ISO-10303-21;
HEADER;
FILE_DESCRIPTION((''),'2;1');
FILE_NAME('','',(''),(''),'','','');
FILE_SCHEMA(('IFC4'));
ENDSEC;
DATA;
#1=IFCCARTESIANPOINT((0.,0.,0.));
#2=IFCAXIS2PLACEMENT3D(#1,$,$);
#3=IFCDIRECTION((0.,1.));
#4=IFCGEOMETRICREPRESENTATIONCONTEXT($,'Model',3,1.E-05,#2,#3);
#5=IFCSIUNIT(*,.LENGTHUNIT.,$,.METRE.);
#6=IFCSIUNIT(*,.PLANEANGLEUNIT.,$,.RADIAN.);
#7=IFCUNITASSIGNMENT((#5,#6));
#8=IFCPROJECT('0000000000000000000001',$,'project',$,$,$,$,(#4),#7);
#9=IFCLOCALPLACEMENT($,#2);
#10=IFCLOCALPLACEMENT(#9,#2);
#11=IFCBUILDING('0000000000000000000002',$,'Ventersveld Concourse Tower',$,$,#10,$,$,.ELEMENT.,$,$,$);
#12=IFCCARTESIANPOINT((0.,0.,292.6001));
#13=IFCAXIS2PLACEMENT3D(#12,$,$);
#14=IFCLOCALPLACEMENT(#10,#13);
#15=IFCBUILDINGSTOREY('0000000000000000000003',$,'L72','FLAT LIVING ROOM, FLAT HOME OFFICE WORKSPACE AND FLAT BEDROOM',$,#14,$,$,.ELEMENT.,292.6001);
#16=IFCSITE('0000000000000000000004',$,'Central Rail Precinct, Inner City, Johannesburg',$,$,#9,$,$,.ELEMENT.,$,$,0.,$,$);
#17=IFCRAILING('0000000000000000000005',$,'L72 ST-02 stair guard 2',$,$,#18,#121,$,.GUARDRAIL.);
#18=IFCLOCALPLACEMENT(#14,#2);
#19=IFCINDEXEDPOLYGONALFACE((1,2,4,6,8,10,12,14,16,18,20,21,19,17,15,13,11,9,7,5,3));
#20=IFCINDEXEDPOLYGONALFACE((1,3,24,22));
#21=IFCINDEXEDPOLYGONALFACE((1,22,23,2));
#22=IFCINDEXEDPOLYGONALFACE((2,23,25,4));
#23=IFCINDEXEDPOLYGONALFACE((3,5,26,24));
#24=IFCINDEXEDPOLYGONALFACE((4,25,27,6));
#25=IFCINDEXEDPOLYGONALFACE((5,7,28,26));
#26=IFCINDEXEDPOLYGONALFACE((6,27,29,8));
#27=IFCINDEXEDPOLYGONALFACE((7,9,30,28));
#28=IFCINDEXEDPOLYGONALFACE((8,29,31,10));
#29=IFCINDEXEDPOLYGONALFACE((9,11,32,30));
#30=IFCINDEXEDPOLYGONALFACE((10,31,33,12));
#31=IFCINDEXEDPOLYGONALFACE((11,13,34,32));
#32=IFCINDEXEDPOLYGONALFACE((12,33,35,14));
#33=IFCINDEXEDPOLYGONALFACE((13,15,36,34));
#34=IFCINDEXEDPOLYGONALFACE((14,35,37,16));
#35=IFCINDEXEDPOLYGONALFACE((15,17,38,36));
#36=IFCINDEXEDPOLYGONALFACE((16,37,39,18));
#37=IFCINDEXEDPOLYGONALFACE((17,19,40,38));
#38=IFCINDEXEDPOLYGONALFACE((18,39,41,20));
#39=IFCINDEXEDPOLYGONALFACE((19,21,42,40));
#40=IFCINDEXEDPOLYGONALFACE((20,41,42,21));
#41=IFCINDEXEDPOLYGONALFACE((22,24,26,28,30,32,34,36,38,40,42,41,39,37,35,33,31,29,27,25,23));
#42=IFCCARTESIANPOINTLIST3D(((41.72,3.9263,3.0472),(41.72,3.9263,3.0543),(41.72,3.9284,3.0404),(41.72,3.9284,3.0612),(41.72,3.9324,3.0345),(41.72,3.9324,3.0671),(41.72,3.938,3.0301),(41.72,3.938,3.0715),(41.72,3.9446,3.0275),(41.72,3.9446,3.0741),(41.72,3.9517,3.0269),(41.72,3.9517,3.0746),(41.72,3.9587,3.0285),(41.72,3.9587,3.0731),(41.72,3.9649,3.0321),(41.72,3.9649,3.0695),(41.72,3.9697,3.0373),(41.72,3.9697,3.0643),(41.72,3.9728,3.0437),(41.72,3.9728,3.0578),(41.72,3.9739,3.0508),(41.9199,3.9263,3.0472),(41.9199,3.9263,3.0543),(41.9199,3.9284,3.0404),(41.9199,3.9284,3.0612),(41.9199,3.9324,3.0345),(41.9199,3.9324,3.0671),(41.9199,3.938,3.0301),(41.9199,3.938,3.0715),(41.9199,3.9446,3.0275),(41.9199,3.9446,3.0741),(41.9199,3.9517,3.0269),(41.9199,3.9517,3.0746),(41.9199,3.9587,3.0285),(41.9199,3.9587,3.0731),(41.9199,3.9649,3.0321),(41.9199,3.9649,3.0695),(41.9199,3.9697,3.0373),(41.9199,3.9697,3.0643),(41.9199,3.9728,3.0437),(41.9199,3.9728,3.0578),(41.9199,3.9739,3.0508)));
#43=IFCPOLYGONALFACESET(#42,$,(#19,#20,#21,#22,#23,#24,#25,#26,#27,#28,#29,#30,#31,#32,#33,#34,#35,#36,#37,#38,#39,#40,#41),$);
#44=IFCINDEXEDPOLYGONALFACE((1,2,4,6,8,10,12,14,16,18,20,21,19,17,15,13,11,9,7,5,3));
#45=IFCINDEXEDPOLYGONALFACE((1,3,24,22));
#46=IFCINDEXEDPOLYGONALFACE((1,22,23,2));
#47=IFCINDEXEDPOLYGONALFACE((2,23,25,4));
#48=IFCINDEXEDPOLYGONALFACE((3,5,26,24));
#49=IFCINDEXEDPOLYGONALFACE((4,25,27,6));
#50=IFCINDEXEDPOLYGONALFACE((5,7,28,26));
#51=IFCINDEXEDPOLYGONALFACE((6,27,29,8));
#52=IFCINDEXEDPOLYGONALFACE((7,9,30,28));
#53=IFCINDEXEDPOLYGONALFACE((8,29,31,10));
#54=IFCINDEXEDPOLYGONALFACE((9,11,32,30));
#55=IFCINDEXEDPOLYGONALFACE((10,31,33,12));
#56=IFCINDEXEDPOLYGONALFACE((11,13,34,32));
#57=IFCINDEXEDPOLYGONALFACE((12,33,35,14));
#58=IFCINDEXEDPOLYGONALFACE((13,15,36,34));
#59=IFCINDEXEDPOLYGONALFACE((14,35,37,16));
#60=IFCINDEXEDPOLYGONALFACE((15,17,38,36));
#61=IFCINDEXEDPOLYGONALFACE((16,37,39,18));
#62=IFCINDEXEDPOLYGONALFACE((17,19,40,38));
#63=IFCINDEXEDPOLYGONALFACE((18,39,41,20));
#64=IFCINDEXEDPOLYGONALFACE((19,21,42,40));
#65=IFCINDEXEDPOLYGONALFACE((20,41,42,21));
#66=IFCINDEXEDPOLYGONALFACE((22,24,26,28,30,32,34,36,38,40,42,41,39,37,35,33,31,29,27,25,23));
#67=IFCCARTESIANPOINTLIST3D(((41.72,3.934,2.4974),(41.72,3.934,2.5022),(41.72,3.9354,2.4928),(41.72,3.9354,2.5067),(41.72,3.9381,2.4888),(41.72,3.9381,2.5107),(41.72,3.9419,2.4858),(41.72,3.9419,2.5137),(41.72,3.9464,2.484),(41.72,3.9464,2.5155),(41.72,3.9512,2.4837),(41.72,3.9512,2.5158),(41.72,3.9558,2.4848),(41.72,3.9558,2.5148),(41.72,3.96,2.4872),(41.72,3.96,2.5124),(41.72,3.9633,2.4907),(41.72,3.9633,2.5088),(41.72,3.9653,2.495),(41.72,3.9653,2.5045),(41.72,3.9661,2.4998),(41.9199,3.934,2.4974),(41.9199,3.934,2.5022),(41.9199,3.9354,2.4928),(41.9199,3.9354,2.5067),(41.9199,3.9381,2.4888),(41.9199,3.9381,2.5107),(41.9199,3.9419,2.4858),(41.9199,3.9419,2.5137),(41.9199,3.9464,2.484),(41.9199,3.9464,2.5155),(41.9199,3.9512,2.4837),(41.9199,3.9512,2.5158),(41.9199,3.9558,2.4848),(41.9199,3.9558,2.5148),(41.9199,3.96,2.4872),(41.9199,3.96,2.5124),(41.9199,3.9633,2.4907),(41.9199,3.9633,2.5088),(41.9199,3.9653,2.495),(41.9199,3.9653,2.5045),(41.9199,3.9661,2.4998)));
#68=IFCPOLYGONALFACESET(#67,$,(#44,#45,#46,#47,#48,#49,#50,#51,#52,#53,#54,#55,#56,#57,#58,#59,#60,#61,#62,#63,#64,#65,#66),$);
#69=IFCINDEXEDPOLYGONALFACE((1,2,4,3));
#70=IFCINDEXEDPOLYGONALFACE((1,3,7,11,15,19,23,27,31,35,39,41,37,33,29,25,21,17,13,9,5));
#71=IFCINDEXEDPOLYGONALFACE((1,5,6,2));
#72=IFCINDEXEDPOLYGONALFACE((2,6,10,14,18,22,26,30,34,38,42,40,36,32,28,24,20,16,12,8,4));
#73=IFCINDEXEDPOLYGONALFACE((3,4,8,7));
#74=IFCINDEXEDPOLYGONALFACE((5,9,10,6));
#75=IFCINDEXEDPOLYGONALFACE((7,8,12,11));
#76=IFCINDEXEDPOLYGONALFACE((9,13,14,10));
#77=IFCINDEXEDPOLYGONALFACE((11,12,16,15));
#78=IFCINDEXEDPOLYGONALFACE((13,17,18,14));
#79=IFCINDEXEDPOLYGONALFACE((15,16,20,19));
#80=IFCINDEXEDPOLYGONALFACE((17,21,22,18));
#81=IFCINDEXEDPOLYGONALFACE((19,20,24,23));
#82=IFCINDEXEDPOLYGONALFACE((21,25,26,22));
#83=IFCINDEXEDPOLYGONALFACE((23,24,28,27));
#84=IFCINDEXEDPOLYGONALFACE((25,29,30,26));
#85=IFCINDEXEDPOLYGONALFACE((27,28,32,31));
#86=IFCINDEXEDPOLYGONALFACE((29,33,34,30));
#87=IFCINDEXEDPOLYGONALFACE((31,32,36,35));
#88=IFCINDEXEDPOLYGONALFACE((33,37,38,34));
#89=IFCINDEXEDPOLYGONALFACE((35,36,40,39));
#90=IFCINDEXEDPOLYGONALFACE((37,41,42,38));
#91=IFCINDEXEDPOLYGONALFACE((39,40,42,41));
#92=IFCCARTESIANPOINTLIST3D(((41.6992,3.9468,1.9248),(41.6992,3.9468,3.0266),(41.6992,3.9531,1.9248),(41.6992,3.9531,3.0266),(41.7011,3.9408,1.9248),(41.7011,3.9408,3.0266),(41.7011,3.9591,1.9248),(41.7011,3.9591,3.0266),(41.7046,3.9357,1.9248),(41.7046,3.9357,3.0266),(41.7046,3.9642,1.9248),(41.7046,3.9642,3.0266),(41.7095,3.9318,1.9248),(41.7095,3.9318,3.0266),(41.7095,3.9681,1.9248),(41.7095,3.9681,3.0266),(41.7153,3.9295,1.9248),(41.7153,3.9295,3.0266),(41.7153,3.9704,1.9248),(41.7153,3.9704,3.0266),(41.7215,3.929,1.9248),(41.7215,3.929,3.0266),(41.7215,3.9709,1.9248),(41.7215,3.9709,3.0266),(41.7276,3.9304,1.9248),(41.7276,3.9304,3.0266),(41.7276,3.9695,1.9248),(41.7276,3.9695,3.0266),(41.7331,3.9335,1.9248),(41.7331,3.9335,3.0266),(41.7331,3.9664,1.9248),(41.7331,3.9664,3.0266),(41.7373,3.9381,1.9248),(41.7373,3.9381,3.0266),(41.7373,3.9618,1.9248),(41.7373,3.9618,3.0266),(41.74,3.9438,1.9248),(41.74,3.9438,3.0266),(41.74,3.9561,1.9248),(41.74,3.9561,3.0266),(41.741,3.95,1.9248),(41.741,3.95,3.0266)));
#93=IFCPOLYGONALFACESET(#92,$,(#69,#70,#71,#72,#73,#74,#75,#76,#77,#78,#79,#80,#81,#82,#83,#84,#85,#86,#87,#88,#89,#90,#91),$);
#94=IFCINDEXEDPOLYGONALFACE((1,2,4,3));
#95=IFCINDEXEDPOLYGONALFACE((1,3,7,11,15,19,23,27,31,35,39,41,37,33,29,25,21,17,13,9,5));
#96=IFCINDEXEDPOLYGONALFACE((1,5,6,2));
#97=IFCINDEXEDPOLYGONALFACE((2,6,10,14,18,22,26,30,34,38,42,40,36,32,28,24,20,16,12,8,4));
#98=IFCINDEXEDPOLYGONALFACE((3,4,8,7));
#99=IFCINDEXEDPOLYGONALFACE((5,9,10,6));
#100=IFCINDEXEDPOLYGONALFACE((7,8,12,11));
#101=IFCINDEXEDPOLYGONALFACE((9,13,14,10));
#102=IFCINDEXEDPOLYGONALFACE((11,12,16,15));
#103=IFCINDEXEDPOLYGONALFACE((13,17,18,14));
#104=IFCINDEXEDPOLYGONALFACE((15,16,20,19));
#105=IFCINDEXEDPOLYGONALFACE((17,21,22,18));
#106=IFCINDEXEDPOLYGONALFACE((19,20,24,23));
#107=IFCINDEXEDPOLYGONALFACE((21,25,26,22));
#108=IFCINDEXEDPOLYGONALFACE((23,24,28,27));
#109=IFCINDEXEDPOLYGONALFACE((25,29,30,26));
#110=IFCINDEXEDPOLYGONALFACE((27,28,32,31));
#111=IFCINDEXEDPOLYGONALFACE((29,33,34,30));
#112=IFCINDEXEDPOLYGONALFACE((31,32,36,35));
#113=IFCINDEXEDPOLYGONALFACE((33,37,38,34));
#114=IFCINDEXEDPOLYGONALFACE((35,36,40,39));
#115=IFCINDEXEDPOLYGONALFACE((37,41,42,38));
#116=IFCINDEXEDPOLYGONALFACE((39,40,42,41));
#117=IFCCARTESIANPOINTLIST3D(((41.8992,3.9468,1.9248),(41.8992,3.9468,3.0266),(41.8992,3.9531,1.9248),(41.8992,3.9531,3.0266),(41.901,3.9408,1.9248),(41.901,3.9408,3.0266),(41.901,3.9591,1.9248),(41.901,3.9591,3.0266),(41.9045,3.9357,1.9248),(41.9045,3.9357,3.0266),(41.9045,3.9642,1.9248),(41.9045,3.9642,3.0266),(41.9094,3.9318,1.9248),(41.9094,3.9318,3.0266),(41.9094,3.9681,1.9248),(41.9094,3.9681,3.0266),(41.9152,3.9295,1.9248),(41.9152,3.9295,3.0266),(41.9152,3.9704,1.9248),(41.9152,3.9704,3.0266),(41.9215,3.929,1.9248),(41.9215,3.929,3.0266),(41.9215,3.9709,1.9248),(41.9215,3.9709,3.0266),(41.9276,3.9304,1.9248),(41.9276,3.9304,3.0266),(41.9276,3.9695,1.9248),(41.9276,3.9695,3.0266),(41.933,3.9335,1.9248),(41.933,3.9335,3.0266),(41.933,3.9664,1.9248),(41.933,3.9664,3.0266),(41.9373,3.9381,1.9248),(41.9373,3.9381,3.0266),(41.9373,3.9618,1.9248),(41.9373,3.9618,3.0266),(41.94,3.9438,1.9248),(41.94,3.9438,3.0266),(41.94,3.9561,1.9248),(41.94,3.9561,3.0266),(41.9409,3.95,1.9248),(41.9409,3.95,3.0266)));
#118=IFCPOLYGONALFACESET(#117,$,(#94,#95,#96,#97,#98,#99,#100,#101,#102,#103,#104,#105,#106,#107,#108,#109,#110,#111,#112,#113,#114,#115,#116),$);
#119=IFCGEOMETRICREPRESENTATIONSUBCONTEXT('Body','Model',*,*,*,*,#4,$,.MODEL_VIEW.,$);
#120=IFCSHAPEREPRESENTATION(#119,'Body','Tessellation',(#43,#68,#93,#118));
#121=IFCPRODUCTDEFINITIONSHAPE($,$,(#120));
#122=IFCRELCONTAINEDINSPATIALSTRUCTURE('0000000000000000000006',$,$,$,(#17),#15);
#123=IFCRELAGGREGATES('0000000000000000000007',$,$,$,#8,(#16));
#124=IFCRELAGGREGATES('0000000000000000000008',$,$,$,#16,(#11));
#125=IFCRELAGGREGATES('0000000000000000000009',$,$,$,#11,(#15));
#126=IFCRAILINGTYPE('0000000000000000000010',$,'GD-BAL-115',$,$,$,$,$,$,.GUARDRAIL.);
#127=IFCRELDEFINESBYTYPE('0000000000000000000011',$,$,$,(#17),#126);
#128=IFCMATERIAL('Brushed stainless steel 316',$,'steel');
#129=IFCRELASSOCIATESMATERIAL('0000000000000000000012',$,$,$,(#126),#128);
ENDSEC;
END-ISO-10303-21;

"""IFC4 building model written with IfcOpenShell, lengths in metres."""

from ifc_helpers import new_model, si_unit, direction, frame, origin, origin_2d, place, context, subcontext, project, spatial, circle, extrude, material, type_object, element, save


model = new_model("IFC4")

# Units and contexts
model_context = context("Model", 3, precision=1e-05, world=origin(), true_north=direction((0.0, 1.0)))
body_context = subcontext(model_context, "Body", "Model", "MODEL_VIEW")
ifc_project = project(units=[si_unit("LENGTHUNIT", "METRE"), si_unit("PLANEANGLEUNIT", "RADIAN")], contexts=[model_context])

# Site, building, storey
site_placement = place(None, origin())
site = spatial("IfcSite", under=ifc_project, at=site_placement, Name="Central Rail Precinct, Inner City, Johannesburg", CompositionType="ELEMENT", RefElevation=0.0)
building_placement = place(site_placement, origin())
building = spatial("IfcBuilding", under=site, at=building_placement, Name="Ventersveld Concourse Tower", CompositionType="ELEMENT")
storey_placement = place(building_placement, frame((0.0, 0.0, 292.6001)))
storey = spatial("IfcBuildingStorey", under=building, at=storey_placement, Name="L72", Description="FLAT LIVING ROOM, FLAT HOME OFFICE WORKSPACE AND FLAT BEDROOM", CompositionType="ELEMENT", Elevation=292.6001)

# Shared definitions
ifc_material_1 = material(Name="Brushed stainless steel 316", Category="steel")

# Railing
railing_type_1 = type_object("IfcRailingType", Name="GD-BAL-115", PredefinedType="GUARDRAIL", material=ifc_material_1)
railing_1_placement = place(storey_placement, frame((41.72, 3.95, 1.9248)))
element("IfcRailing", 1, at=railing_1_placement, inside=storey, type_object=railing_type_1, Name="L72 ST-02 stair guard 2", PredefinedType="GUARDRAIL", context=body_context, shape_type="SweptSolid", body=[
    extrude(circle(Radius=0.0239, at=origin_2d()), frame((0.0, 0.0, 1.126), z_axis=(1.0, 0.0, 0.0), x_axis=(0.0, 1.0, 0.0)), (0.0, 0.0, 1.0), 0.2),
    extrude(circle(Radius=0.0161, at=origin_2d()), frame((0.0, 0.0, 0.575), z_axis=(1.0, 0.0, 0.0), x_axis=(0.0, 1.0, 0.0)), (0.0, 0.0, 1.0), 0.2),
    extrude(circle(Radius=0.021, at=origin_2d()), origin(), (0.0, 0.0, 1.0), 1.1018),
    extrude(circle(Radius=0.021, at=origin_2d()), frame((0.2, 0.0, 0.0)), (0.0, 0.0, 1.0), 1.1018),
])

save(model, "model.ifc")
